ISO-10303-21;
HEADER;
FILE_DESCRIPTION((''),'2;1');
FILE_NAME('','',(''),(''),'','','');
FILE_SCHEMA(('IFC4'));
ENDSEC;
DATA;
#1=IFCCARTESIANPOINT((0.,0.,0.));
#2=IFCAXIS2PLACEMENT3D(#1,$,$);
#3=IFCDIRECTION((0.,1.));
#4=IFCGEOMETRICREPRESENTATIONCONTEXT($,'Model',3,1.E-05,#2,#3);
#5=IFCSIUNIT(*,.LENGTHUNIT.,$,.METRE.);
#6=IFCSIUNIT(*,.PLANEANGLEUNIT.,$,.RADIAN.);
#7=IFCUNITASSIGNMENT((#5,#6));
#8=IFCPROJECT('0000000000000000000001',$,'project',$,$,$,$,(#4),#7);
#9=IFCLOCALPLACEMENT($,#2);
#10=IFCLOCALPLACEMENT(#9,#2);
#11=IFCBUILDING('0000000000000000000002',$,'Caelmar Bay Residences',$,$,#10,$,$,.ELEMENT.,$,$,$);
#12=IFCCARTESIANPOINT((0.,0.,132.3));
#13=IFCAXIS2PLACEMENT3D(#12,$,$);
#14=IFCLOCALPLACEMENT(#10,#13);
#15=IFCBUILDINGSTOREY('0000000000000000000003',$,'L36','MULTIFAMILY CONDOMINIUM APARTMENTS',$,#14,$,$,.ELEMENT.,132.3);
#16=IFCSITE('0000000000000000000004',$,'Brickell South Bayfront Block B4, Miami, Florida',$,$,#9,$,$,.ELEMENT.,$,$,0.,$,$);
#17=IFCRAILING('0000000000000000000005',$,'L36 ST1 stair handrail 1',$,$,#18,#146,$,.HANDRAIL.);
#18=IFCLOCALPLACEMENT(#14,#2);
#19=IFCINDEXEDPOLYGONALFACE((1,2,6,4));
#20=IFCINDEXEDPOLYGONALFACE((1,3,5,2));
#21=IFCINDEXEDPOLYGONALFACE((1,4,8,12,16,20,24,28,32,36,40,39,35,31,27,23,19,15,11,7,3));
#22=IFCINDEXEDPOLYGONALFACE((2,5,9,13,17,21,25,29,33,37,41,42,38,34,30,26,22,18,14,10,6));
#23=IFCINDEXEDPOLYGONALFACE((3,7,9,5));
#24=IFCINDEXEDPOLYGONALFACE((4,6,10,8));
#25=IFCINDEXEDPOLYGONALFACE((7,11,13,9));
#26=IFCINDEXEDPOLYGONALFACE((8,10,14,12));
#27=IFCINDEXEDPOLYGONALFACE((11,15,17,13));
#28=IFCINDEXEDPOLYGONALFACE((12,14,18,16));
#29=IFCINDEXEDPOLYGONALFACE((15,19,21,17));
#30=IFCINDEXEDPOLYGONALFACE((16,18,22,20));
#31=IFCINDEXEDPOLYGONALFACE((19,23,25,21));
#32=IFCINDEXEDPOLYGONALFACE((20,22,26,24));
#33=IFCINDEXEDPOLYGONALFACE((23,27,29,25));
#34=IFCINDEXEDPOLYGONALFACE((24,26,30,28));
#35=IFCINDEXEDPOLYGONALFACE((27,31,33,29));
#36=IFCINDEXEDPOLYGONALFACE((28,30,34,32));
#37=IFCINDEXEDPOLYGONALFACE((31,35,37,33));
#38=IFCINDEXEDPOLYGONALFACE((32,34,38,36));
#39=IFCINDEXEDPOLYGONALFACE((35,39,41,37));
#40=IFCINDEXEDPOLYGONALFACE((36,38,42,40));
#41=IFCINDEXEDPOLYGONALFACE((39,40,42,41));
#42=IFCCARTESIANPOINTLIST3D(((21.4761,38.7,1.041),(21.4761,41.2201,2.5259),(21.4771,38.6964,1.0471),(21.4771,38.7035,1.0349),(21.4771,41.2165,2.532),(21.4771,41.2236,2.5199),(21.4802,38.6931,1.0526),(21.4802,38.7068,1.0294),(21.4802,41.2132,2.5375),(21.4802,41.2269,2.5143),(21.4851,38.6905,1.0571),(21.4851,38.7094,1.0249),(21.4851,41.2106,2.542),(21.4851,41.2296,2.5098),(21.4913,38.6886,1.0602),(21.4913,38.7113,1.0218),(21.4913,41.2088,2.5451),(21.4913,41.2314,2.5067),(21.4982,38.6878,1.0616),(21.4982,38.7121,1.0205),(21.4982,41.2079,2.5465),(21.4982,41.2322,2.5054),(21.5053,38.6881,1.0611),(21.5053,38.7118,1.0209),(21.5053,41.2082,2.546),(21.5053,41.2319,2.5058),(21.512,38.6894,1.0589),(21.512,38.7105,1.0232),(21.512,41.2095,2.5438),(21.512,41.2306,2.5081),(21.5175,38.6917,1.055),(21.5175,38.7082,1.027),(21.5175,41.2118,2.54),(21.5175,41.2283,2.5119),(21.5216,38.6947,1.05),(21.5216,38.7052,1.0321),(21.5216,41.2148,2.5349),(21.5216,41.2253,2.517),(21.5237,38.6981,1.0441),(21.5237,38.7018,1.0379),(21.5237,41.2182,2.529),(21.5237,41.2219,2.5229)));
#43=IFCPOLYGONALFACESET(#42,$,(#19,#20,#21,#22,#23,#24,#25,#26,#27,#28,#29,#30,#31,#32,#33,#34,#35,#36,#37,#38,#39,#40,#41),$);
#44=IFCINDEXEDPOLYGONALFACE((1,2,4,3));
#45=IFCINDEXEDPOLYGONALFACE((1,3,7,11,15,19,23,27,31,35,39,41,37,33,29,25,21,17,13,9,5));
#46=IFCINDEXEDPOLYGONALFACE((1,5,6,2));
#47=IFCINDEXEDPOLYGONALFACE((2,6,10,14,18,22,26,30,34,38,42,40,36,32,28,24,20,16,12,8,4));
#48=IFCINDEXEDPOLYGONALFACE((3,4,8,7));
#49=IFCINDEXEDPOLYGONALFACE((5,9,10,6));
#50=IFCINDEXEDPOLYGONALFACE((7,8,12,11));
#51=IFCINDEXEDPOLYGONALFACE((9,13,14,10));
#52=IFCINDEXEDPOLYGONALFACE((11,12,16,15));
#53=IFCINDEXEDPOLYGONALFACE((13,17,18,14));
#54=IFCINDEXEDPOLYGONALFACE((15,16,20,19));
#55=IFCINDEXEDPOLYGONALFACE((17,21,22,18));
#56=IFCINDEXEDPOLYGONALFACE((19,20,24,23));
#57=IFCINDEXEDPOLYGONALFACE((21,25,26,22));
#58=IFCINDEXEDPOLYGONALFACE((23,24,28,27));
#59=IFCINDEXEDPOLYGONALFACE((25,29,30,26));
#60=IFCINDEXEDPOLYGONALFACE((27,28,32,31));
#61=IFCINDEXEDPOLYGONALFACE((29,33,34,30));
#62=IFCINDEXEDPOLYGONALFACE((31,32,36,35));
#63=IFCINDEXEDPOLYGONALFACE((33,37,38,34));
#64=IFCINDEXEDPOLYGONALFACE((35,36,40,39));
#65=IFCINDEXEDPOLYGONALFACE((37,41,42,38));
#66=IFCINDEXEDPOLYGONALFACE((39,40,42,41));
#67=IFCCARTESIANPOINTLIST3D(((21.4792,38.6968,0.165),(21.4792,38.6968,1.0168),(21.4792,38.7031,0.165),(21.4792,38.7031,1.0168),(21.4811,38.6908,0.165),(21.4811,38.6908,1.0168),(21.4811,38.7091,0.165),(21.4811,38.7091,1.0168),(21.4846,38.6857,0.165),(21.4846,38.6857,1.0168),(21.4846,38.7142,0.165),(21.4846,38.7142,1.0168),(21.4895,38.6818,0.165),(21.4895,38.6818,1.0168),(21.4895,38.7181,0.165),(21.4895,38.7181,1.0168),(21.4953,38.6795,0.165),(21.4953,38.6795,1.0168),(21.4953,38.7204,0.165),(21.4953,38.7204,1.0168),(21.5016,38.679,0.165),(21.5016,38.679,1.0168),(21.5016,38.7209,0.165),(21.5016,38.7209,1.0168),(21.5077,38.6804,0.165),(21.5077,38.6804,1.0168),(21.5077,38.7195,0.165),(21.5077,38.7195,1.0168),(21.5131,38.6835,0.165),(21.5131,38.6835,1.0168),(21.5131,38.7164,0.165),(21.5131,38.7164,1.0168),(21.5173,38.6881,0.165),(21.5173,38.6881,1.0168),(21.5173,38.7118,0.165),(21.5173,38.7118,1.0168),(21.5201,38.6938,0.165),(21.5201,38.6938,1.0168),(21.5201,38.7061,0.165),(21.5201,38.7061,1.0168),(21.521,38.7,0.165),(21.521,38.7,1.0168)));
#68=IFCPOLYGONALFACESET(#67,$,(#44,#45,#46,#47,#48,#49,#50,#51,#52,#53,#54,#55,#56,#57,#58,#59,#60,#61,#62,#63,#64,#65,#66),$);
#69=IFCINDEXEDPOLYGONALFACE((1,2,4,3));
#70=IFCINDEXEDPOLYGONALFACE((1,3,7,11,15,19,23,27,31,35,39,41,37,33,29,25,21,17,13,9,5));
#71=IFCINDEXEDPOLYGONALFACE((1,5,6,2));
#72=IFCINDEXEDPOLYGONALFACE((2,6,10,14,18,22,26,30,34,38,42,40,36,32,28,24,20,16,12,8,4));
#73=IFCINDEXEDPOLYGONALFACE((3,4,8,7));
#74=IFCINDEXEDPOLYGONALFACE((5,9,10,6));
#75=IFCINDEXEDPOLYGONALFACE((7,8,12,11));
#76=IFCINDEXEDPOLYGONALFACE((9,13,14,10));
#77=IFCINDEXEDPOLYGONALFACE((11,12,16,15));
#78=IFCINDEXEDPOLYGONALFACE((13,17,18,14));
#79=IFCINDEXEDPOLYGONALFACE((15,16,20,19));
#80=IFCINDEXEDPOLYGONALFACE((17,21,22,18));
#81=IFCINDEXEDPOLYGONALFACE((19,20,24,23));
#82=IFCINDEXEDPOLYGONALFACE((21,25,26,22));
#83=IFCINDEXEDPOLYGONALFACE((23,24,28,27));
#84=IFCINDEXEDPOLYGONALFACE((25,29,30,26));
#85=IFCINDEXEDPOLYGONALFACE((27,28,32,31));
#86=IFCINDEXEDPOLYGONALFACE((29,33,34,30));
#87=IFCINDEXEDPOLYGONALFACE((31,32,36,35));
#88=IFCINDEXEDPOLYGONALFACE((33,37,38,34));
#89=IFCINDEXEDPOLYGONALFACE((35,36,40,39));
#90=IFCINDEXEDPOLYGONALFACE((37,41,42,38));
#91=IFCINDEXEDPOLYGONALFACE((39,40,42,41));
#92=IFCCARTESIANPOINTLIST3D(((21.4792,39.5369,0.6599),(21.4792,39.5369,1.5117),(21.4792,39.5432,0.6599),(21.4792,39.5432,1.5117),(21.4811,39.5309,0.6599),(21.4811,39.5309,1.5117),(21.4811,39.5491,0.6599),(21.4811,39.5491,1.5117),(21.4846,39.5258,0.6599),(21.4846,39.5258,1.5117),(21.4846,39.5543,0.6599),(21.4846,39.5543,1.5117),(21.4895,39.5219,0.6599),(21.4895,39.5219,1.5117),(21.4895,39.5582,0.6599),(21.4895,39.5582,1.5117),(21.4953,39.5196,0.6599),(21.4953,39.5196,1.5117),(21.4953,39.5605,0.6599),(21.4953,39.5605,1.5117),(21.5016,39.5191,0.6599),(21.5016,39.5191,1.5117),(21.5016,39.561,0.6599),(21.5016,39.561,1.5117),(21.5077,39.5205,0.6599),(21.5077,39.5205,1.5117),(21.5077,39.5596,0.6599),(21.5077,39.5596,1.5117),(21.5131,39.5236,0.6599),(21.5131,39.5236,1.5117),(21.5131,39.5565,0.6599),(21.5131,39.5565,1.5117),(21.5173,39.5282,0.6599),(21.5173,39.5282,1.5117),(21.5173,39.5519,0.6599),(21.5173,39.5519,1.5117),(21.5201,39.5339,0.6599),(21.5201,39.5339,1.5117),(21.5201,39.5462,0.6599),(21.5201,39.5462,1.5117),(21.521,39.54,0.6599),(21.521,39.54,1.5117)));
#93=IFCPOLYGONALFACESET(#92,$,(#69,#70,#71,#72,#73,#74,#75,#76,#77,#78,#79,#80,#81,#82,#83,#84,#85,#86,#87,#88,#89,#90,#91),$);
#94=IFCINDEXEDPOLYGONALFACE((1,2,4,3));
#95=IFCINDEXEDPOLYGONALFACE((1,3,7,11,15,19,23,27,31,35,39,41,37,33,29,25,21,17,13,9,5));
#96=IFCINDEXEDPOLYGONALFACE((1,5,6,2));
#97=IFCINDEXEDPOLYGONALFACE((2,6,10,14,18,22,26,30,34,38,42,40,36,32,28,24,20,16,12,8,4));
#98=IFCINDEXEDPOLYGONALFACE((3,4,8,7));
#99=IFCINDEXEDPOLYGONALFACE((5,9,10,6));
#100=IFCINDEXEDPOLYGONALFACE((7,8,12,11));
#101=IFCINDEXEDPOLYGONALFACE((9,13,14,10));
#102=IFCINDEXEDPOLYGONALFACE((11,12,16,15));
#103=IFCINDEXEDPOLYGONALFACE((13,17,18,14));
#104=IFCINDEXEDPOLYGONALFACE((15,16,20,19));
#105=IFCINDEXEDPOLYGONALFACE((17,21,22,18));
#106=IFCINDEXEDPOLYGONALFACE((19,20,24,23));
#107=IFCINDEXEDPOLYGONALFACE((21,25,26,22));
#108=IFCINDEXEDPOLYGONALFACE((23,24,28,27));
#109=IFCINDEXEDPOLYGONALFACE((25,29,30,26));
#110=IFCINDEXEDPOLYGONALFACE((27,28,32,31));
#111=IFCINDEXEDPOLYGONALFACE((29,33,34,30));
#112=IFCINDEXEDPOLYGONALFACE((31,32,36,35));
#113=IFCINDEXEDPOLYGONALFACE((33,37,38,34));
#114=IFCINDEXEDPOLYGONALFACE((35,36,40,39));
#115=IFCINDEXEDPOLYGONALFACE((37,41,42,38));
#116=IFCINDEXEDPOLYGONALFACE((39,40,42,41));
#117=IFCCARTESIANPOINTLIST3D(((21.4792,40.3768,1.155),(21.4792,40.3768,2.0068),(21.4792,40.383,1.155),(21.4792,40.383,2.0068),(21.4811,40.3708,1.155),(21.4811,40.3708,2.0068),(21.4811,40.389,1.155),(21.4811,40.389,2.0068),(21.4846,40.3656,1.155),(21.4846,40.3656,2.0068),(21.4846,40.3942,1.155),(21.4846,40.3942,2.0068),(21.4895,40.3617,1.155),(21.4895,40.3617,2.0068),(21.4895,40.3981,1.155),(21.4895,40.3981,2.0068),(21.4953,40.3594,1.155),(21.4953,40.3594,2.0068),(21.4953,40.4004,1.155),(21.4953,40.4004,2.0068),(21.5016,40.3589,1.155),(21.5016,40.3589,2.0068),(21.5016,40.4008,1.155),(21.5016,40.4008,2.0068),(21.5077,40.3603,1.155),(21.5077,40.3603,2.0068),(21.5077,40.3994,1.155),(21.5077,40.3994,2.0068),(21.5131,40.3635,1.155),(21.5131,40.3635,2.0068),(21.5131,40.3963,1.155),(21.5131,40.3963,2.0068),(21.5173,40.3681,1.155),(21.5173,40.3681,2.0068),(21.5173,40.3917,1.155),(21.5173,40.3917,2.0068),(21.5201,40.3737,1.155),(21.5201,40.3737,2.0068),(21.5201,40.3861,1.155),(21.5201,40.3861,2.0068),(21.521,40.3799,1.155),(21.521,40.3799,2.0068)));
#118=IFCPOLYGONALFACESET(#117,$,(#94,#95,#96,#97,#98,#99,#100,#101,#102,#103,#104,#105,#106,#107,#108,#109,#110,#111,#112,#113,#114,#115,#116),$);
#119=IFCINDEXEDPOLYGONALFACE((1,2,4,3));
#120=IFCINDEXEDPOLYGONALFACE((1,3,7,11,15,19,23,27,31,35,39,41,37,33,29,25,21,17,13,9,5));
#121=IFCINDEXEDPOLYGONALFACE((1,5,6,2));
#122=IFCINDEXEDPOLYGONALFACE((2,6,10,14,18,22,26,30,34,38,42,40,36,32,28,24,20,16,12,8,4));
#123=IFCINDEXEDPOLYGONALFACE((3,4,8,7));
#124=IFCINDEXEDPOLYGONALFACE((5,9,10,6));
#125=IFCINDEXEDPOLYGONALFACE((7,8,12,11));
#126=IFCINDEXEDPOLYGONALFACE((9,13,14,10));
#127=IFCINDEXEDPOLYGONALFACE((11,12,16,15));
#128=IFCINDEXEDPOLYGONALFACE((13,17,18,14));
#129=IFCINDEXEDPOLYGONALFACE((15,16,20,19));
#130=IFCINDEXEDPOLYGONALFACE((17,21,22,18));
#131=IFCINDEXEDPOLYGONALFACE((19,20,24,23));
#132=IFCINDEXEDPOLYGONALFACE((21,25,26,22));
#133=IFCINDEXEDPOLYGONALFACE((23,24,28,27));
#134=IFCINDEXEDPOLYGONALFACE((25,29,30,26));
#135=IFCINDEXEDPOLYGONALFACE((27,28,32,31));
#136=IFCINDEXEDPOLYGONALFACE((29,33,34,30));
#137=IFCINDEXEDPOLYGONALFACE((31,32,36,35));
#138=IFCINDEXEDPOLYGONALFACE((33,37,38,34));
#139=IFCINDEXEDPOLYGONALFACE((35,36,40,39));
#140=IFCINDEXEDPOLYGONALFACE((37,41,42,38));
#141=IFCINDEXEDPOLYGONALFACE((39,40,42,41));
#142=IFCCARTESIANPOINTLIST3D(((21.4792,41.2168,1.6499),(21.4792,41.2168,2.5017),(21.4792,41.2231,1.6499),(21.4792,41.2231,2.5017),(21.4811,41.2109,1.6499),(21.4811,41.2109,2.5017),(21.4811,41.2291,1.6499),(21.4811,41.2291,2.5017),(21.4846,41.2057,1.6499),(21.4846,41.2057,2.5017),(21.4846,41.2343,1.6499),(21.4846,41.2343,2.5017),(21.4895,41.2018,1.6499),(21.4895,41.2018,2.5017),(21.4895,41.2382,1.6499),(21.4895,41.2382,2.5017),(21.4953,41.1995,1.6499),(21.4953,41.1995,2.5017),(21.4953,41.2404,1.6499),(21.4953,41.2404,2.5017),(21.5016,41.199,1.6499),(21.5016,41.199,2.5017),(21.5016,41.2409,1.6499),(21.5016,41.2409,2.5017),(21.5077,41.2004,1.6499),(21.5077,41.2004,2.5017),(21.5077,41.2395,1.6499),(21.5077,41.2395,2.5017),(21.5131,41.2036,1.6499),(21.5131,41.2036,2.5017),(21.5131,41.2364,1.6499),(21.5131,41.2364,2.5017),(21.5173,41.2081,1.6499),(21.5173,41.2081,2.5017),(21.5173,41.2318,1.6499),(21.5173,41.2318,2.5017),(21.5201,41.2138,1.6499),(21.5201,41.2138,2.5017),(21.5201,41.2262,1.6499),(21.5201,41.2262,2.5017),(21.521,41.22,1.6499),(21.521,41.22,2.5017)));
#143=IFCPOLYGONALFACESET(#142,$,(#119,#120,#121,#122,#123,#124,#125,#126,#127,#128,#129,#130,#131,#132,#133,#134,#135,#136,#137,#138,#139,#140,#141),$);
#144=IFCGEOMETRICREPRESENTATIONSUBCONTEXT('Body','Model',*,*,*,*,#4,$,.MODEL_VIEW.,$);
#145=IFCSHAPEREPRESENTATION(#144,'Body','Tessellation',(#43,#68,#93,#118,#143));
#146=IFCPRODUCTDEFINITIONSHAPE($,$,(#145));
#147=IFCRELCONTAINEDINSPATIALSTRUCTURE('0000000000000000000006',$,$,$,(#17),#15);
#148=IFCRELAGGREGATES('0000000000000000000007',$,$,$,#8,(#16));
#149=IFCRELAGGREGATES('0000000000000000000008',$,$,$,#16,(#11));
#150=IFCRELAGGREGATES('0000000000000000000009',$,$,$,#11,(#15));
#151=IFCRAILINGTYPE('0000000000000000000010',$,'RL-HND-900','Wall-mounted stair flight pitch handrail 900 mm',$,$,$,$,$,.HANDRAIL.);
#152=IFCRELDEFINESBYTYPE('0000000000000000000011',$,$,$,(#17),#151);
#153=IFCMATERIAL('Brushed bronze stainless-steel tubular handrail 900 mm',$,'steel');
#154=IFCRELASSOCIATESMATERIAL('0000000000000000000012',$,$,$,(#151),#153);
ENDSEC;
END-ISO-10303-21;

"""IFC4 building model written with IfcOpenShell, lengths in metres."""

from ifc_helpers import new_model, si_unit, direction, frame, origin, origin_2d, place, context, subcontext, project, spatial, circle, extrude, material, type_object, element, save


model = new_model("IFC4")

# Units and contexts
model_context = context("Model", 3, precision=1e-05, world=origin(), true_north=direction((0.0, 1.0)))
body_context = subcontext(model_context, "Body", "Model", "MODEL_VIEW")
ifc_project = project(units=[si_unit("LENGTHUNIT", "METRE"), si_unit("PLANEANGLEUNIT", "RADIAN")], contexts=[model_context])

# Site, building, storey
site_placement = place(None, origin())
site = spatial("IfcSite", under=ifc_project, at=site_placement, Name="Brickell South Bayfront Block B4, Miami, Florida", CompositionType="ELEMENT", RefElevation=0.0)
building_placement = place(site_placement, origin())
building = spatial("IfcBuilding", under=site, at=building_placement, Name="Caelmar Bay Residences", CompositionType="ELEMENT")
storey_placement = place(building_placement, frame((0.0, 0.0, 132.3)))
storey = spatial("IfcBuildingStorey", under=building, at=storey_placement, Name="L36", Description="MULTIFAMILY CONDOMINIUM APARTMENTS", CompositionType="ELEMENT", Elevation=132.3)

# Railing
ifc_material_1 = material(Name="Brushed bronze stainless-steel tubular handrail 900 mm", Category="steel")
railing_type_1 = type_object("IfcRailingType", Name="RL-HND-900", Description="Wall-mounted stair flight pitch handrail 900 mm", PredefinedType="HANDRAIL", material=ifc_material_1)
railing_1_placement = place(storey_placement, frame((21.5, 38.7, 0.165)))
element("IfcRailing", 1, at=railing_1_placement, inside=storey, type_object=railing_type_1, Name="L36 ST1 stair handrail 1", PredefinedType="HANDRAIL", context=body_context, shape_type="SweptSolid", body=[
    extrude(circle(Radius=0.0239, at=origin_2d()), frame((0.0, 0.0, 0.876), z_axis=(0.0, 0.861561, 0.507655), x_axis=(-1.0, 0.0, 0.0)), (0.0, 0.0, 1.0), 2.925),
    extrude(circle(Radius=0.021, at=origin_2d()), origin(), (0.0, 0.0, 1.0), 0.8518),
    extrude(circle(Radius=0.021, at=origin_2d()), frame((0.0, 0.8401, 0.4949)), (0.0, 0.0, 1.0), 0.8518),
    extrude(circle(Radius=0.021, at=origin_2d()), frame((0.0, 1.6799, 0.99)), (0.0, 0.0, 1.0), 0.8518),
    extrude(circle(Radius=0.021, at=origin_2d()), frame((0.0, 2.52, 1.4849)), (0.0, 0.0, 1.0), 0.8518),
])

save(model, "model.ifc")
